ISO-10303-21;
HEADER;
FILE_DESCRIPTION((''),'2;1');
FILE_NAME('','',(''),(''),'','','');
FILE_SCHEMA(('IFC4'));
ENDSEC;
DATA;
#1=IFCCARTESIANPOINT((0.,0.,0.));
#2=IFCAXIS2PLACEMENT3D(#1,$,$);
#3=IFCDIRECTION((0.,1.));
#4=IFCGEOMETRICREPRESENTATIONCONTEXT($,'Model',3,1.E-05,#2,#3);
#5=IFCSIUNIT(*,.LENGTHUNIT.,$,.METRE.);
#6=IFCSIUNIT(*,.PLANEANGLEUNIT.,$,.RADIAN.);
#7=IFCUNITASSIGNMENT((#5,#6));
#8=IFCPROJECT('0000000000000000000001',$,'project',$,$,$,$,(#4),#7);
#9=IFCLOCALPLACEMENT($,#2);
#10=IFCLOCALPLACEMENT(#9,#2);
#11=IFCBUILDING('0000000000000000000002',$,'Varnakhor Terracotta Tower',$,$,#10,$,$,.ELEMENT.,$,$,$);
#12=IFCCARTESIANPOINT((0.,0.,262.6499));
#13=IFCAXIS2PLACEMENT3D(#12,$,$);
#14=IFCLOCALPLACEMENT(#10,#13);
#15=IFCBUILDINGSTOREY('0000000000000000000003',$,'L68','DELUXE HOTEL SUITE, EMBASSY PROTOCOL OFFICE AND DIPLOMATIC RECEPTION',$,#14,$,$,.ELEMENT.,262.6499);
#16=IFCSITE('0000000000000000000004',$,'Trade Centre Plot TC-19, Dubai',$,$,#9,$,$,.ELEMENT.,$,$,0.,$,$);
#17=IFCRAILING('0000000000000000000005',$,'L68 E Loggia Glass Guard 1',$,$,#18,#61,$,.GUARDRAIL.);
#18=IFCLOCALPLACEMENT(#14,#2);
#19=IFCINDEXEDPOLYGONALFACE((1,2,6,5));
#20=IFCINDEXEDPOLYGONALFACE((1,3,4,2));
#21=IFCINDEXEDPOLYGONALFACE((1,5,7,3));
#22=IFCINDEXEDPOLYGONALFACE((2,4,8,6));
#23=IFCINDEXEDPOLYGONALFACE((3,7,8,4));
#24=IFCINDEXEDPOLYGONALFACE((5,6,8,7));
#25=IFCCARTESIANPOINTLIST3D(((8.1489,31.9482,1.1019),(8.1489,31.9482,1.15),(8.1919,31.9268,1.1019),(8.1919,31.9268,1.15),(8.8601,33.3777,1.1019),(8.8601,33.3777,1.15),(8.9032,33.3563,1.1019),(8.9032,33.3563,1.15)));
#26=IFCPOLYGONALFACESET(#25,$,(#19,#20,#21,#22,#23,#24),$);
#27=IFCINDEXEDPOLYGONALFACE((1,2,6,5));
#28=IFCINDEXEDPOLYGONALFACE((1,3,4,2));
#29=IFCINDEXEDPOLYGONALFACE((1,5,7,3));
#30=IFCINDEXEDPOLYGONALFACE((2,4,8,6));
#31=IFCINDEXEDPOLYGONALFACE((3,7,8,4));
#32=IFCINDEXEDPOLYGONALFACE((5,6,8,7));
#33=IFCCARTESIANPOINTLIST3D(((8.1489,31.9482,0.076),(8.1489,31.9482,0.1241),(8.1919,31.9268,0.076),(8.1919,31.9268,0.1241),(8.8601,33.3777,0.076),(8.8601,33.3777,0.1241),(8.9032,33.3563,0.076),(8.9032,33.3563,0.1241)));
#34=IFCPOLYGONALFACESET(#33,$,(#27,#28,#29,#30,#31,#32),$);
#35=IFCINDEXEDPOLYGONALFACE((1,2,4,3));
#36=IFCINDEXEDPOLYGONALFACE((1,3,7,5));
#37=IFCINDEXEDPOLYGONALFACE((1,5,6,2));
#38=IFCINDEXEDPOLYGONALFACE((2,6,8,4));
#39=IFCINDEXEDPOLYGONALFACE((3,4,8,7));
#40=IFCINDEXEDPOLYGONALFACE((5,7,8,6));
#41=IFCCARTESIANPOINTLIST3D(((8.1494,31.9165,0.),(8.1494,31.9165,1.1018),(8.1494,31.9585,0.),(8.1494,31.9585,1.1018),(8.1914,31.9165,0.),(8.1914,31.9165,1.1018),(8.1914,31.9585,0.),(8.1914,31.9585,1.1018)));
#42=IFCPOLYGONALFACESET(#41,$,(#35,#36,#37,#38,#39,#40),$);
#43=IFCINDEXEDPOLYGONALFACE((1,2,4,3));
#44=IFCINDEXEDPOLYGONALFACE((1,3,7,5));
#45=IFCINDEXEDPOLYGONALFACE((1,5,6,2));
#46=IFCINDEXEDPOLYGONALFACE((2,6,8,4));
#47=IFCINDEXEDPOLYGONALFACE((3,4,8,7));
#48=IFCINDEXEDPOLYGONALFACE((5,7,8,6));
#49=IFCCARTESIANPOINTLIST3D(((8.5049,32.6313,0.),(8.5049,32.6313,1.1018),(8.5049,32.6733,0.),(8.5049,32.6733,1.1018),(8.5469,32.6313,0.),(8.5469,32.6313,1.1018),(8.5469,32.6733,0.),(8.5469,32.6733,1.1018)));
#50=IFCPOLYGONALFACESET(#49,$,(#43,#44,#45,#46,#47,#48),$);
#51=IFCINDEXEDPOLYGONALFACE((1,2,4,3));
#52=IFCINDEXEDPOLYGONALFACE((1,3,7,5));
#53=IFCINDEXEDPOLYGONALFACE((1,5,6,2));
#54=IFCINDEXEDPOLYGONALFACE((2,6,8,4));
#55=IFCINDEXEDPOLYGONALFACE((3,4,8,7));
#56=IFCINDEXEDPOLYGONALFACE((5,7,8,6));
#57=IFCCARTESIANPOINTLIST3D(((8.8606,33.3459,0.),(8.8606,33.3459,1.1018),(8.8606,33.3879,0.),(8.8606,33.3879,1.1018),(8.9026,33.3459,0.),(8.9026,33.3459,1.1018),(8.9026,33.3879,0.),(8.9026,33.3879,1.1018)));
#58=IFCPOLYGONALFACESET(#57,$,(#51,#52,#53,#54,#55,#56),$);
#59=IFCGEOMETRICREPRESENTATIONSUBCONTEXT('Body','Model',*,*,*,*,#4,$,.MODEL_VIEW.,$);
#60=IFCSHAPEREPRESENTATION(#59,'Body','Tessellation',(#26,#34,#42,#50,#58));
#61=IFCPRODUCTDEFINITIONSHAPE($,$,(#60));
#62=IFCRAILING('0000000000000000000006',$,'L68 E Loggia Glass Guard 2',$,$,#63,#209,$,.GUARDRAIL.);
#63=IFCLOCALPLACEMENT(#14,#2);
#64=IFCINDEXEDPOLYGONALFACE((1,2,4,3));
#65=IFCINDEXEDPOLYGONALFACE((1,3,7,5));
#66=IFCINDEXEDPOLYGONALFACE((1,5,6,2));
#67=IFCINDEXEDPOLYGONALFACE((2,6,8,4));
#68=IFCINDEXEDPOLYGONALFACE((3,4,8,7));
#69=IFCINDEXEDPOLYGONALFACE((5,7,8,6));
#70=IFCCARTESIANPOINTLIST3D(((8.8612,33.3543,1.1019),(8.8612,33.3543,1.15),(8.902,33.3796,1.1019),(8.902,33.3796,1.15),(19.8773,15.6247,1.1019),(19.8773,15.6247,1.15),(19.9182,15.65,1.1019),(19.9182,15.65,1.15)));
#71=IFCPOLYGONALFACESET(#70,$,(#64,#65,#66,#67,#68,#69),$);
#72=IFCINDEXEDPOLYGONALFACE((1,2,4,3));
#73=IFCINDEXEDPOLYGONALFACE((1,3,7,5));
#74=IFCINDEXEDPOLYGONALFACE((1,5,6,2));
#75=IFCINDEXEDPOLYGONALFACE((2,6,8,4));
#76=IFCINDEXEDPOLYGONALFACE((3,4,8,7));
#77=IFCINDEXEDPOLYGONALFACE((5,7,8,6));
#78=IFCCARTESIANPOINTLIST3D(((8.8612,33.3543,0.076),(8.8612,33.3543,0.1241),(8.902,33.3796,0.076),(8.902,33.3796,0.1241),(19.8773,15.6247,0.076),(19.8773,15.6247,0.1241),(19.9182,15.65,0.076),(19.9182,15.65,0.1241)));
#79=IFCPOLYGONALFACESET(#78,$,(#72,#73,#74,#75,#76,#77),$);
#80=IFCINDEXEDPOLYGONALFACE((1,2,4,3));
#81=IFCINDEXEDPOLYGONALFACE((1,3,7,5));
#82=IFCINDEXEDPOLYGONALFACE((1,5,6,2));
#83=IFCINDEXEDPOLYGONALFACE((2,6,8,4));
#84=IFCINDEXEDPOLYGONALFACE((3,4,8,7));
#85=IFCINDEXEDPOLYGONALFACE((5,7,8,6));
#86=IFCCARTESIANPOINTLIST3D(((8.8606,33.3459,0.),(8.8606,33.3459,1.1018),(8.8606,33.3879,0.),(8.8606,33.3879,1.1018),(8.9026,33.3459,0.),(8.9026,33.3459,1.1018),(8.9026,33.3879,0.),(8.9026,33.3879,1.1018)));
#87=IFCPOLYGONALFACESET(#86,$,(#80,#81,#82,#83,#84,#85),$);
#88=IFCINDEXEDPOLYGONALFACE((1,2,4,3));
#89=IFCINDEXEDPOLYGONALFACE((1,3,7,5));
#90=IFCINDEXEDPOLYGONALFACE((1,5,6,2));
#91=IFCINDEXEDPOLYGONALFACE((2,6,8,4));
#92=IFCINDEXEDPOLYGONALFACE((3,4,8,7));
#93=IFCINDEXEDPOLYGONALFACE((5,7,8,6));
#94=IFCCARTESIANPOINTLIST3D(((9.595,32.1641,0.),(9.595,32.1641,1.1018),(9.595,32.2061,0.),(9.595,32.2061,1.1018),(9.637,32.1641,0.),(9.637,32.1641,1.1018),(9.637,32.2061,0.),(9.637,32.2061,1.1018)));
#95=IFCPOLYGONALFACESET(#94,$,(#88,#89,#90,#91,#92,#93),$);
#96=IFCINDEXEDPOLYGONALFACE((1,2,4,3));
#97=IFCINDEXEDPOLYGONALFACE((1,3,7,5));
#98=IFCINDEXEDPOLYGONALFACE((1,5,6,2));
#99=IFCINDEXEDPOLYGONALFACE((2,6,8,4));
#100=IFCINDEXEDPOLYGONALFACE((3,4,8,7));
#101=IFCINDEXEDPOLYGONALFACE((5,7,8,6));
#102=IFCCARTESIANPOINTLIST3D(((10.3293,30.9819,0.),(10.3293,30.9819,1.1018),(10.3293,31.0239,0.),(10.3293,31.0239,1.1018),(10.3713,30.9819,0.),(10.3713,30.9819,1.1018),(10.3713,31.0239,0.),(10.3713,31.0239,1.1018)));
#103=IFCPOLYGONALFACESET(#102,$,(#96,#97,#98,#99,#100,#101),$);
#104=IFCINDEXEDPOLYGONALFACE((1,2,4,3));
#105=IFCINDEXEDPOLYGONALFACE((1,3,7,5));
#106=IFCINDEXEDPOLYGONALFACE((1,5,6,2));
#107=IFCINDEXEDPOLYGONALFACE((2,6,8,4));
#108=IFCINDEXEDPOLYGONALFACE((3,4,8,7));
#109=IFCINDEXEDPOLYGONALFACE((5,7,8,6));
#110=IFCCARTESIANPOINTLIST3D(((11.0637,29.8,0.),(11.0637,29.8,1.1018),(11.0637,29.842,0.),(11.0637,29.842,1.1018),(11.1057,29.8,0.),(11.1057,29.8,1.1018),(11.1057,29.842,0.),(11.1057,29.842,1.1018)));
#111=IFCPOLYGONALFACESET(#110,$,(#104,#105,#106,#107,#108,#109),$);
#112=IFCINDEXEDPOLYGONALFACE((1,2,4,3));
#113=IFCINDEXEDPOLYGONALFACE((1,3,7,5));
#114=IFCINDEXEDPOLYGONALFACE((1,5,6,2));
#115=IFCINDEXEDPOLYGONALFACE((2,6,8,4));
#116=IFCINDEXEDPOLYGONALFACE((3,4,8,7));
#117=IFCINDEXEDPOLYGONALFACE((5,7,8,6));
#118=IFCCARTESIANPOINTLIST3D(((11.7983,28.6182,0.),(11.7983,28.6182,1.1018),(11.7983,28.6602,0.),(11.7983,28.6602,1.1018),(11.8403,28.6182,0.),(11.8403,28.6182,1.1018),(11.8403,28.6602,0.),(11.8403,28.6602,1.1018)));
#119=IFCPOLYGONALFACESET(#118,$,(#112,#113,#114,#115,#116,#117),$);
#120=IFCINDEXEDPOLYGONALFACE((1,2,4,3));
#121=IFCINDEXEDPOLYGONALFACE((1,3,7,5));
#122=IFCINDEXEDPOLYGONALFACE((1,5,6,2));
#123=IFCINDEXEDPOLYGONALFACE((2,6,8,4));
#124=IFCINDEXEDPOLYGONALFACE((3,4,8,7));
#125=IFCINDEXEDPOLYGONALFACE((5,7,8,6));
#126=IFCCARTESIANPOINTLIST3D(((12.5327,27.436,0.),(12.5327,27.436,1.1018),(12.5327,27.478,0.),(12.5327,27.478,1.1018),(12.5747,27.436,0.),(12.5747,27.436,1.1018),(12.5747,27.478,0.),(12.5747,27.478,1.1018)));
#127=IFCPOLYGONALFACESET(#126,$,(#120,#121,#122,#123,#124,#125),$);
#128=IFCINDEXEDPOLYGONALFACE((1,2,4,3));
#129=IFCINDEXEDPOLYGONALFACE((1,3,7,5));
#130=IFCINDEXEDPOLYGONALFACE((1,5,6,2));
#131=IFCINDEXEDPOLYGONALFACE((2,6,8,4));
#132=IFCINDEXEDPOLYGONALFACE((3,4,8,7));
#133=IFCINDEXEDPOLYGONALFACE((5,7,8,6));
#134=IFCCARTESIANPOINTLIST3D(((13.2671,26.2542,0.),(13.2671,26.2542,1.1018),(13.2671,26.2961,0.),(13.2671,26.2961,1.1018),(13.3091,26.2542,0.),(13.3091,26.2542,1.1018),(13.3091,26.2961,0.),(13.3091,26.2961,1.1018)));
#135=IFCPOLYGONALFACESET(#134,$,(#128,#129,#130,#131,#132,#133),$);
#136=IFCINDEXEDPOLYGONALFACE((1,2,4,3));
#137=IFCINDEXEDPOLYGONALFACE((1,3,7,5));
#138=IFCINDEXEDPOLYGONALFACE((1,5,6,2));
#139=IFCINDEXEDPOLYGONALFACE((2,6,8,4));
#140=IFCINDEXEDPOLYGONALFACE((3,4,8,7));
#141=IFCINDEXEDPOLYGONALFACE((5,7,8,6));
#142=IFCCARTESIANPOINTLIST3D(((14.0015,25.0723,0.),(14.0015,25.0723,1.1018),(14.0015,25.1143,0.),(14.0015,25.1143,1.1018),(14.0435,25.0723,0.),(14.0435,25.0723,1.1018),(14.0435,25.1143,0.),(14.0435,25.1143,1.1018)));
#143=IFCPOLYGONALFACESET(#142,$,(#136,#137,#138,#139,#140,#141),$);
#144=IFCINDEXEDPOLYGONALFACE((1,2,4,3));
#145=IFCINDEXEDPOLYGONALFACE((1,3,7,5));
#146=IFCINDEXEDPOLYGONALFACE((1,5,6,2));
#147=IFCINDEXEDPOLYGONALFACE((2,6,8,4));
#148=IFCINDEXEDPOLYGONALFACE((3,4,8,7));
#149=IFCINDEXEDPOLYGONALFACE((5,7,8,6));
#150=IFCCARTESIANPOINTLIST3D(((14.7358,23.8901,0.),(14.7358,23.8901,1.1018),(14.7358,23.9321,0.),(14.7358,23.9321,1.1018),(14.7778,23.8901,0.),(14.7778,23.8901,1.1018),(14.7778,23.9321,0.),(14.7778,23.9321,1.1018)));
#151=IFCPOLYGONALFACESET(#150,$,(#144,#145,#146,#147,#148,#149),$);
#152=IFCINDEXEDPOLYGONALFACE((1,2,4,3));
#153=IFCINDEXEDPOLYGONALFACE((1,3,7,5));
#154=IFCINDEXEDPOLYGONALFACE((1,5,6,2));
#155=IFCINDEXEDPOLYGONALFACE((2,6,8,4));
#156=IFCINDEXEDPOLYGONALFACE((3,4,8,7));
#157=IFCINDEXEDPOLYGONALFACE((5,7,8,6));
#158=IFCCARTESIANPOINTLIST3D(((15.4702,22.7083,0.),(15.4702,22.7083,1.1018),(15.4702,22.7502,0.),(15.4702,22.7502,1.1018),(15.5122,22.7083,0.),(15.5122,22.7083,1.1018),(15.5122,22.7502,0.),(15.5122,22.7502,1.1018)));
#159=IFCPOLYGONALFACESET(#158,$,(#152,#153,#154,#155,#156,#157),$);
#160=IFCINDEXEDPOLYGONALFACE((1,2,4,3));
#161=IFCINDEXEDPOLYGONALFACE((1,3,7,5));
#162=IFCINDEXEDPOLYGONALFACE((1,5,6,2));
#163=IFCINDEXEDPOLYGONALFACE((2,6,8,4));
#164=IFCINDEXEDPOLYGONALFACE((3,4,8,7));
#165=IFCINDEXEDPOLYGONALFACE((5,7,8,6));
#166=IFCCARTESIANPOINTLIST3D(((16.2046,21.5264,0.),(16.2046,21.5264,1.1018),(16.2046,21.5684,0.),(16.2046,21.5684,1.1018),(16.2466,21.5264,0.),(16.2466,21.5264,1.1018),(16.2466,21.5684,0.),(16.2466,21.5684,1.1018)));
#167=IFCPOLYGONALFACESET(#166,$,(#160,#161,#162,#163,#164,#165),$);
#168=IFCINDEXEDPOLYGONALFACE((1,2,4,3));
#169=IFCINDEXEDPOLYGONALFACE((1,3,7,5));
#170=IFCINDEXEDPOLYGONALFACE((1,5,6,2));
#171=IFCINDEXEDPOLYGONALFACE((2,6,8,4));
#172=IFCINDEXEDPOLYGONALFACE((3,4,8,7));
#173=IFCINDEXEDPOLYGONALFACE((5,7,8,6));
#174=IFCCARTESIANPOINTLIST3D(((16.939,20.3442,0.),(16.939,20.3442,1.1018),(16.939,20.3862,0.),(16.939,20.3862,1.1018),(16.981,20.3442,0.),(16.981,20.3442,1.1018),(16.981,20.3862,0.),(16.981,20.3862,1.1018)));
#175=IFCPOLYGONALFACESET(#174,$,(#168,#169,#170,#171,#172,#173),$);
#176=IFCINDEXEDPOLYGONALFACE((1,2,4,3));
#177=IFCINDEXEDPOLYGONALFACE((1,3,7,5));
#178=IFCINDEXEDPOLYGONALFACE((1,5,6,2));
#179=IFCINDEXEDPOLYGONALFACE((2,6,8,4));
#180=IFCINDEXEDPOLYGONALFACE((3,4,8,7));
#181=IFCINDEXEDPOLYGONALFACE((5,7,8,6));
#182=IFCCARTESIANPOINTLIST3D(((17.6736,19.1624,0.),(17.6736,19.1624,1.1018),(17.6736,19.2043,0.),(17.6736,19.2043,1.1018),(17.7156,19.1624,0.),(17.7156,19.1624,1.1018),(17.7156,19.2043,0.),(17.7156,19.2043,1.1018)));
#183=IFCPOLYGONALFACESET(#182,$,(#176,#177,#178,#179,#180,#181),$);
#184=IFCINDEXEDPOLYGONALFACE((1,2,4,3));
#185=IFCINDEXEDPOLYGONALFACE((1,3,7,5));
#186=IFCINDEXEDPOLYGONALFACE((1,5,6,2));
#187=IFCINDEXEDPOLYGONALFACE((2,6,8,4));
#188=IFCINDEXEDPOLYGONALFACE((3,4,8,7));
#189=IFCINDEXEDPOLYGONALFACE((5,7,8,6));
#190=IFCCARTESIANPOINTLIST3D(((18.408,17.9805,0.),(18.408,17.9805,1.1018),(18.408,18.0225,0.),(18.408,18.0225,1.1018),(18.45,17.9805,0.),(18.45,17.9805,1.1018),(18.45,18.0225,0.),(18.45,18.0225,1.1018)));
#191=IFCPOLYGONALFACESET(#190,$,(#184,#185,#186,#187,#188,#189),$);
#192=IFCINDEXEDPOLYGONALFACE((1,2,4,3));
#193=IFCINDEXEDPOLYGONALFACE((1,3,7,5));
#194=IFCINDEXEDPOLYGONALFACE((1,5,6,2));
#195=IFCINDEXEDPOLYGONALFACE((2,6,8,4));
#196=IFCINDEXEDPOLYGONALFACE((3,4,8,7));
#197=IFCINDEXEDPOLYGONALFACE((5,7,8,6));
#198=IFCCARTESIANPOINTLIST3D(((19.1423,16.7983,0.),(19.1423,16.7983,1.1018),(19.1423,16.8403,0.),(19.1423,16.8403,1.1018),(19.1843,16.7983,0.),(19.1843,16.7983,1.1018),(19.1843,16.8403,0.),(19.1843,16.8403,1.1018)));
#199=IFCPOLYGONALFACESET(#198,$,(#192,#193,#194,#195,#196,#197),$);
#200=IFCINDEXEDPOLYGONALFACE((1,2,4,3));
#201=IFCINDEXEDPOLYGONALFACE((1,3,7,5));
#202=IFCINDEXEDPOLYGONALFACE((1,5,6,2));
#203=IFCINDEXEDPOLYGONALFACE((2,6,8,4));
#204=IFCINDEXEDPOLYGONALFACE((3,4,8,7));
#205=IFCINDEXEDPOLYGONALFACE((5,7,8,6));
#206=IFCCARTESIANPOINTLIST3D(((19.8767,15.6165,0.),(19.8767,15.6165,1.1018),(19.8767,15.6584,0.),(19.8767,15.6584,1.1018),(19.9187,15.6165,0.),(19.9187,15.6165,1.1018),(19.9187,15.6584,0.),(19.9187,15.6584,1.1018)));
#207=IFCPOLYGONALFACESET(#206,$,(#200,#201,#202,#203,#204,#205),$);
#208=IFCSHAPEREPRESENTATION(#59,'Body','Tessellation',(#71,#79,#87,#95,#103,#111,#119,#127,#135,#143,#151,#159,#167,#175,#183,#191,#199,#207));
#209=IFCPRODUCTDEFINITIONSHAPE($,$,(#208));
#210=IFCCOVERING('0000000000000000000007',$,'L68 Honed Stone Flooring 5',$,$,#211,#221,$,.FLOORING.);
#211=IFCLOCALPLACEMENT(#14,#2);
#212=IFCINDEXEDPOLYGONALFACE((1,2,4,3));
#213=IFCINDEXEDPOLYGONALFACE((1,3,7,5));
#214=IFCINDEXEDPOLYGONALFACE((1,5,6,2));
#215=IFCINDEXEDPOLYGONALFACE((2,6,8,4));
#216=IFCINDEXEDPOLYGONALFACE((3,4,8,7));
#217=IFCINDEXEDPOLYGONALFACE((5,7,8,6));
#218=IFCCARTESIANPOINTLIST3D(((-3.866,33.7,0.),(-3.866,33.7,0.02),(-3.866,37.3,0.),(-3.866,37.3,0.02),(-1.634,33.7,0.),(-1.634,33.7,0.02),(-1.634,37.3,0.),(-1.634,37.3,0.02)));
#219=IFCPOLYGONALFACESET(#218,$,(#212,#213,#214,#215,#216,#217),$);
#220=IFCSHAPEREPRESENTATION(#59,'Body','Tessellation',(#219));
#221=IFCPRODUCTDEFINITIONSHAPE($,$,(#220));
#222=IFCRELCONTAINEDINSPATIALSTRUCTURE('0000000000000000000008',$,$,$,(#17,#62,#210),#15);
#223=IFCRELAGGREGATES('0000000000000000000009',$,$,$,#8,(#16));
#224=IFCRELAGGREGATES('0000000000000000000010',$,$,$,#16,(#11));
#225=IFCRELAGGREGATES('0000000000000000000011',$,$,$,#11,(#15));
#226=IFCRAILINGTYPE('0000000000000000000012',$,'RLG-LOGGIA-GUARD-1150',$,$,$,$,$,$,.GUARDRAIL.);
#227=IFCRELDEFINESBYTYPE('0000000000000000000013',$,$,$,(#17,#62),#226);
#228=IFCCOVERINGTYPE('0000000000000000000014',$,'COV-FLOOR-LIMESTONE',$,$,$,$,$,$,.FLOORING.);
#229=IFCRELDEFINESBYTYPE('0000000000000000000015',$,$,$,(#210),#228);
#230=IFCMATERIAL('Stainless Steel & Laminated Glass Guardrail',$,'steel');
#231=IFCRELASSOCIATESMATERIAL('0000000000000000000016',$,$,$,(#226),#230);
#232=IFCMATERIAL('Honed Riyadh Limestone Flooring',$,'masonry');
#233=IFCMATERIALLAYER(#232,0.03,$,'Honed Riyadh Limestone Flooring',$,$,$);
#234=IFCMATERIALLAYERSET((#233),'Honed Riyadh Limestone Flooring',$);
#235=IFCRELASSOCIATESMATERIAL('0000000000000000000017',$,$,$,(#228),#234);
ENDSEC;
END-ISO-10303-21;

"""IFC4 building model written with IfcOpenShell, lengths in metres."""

from ifc_helpers import new_model, si_unit, direction, frame, origin, origin_2d, place, context, subcontext, project, spatial, rectangle, extrude, source, transform, mapped, material, layer, layer_set, type_object, element, save


model = new_model("IFC4")

# Units and contexts
model_context = context("Model", 3, precision=1e-05, world=origin(), true_north=direction((0.0, 1.0)))
body_context = subcontext(model_context, "Body", "Model", "MODEL_VIEW")
ifc_project = project(units=[si_unit("LENGTHUNIT", "METRE"), si_unit("PLANEANGLEUNIT", "RADIAN")], contexts=[model_context])

# Site, building, storey
site_placement = place(None, origin())
site = spatial("IfcSite", under=ifc_project, at=site_placement, Name="Trade Centre Plot TC-19, Dubai", CompositionType="ELEMENT", RefElevation=0.0)
building_placement = place(site_placement, origin())
building = spatial("IfcBuilding", under=site, at=building_placement, Name="Varnakhor Terracotta Tower", CompositionType="ELEMENT")
storey_placement = place(building_placement, frame((0.0, 0.0, 262.6499)))
storey = spatial("IfcBuildingStorey", under=building, at=storey_placement, Name="L68", Description="DELUXE HOTEL SUITE, EMBASSY PROTOCOL OFFICE AND DIPLOMATIC RECEPTION", CompositionType="ELEMENT", Elevation=262.6499)

# Railings
ifc_material_1 = material(Name="Stainless Steel & Laminated Glass Guardrail", Category="steel")
railing_type = type_object("IfcRailingType", Name="RLG-LOGGIA-GUARD-1150", PredefinedType="GUARDRAIL", material=ifc_material_1)
railing_1_placement = place(storey_placement, frame((8.1704, 31.9375, 0.0)))
element("IfcRailing", 1, at=railing_1_placement, inside=storey, type_object=railing_type, Name="L68 E Loggia Glass Guard 1", PredefinedType="GUARDRAIL", context=body_context, shape_type="SweptSolid", body=[
    extrude(rectangle(XDim=0.0481, YDim=0.0481, at=origin_2d()), frame((0.0, 0.0, 1.126), z_axis=(0.445439, 0.895312, 0.0), x_axis=(-0.895312, 0.445439, 0.0)), (0.0, 0.0, 1.0), 1.5967),
    extrude(rectangle(XDim=0.0481, YDim=0.0481, at=origin_2d()), frame((0.0, 0.0, 0.1001), z_axis=(0.445439, 0.895312, 0.0), x_axis=(-0.895312, 0.445439, 0.0)), (0.0, 0.0, 1.0), 1.5967),
    extrude(rectangle(XDim=0.042, YDim=0.042, at=origin_2d()), origin(), (0.0, 0.0, 1.0), 1.1018),
    extrude(rectangle(XDim=0.042, YDim=0.042, at=origin_2d()), frame((0.3555, 0.7148, 0.0)), (0.0, 0.0, 1.0), 1.1018),
    extrude(rectangle(XDim=0.042, YDim=0.042, at=origin_2d()), frame((0.7112, 1.4294, 0.0)), (0.0, 0.0, 1.0), 1.1018),
])
railing_2_placement = place(storey_placement, frame((8.8816, 33.3669, 0.0)))
element("IfcRailing", 2, at=railing_2_placement, inside=storey, type_object=railing_type, Name="L68 E Loggia Glass Guard 2", PredefinedType="GUARDRAIL", context=body_context, shape_type="SweptSolid", body=[
    extrude(rectangle(XDim=0.0481, YDim=0.0481, at=origin_2d()), frame((0.0, 0.0, 1.126), z_axis=(0.527764, -0.849391, 0.0), x_axis=(0.849391, 0.527764, 0.0)), (0.0, 0.0, 1.0), 20.8733),
    extrude(rectangle(XDim=0.0481, YDim=0.0481, at=origin_2d()), frame((0.0, 0.0, 0.1001), z_axis=(0.527764, -0.849391, 0.0), x_axis=(0.849391, 0.527764, 0.0)), (0.0, 0.0, 1.0), 20.8733),
    extrude(rectangle(XDim=0.042, YDim=0.042, at=origin_2d()), origin(), (0.0, 0.0, 1.0), 1.1018),
    extrude(rectangle(XDim=0.042, YDim=0.042, at=origin_2d()), frame((0.7344, -1.1819, 0.0)), (0.0, 0.0, 1.0), 1.1018),
    extrude(rectangle(XDim=0.042, YDim=0.042, at=origin_2d()), frame((1.4688, -2.364, 0.0)), (0.0, 0.0, 1.0), 1.1018),
    extrude(rectangle(XDim=0.042, YDim=0.042, at=origin_2d()), frame((2.2031, -3.5459, 0.0)), (0.0, 0.0, 1.0), 1.1018),
    extrude(rectangle(XDim=0.042, YDim=0.042, at=origin_2d()), frame((2.9377, -4.7278, 0.0)), (0.0, 0.0, 1.0), 1.1018),
    extrude(rectangle(XDim=0.042, YDim=0.042, at=origin_2d()), frame((3.6721, -5.9099, 0.0)), (0.0, 0.0, 1.0), 1.1018),
    extrude(rectangle(XDim=0.042, YDim=0.042, at=origin_2d()), frame((4.4065, -7.0918, 0.0)), (0.0, 0.0, 1.0), 1.1018),
    extrude(rectangle(XDim=0.042, YDim=0.042, at=origin_2d()), frame((5.1409, -8.2737, 0.0)), (0.0, 0.0, 1.0), 1.1018),
    extrude(rectangle(XDim=0.042, YDim=0.042, at=origin_2d()), frame((5.8752, -9.4558, 0.0)), (0.0, 0.0, 1.0), 1.1018),
    extrude(rectangle(XDim=0.042, YDim=0.042, at=origin_2d()), frame((6.6096, -10.6377, 0.0)), (0.0, 0.0, 1.0), 1.1018),
    extrude(rectangle(XDim=0.042, YDim=0.042, at=origin_2d()), frame((7.344, -11.8196, 0.0)), (0.0, 0.0, 1.0), 1.1018),
    extrude(rectangle(XDim=0.042, YDim=0.042, at=origin_2d()), frame((8.0784, -13.0017, 0.0)), (0.0, 0.0, 1.0), 1.1018),
    extrude(rectangle(XDim=0.042, YDim=0.042, at=origin_2d()), frame((8.813, -14.1836, 0.0)), (0.0, 0.0, 1.0), 1.1018),
    extrude(rectangle(XDim=0.042, YDim=0.042, at=origin_2d()), frame((9.5474, -15.3655, 0.0)), (0.0, 0.0, 1.0), 1.1018),
    extrude(rectangle(XDim=0.042, YDim=0.042, at=origin_2d()), frame((10.2817, -16.5476, 0.0)), (0.0, 0.0, 1.0), 1.1018),
    extrude(rectangle(XDim=0.042, YDim=0.042, at=origin_2d()), frame((11.0161, -17.7295, 0.0)), (0.0, 0.0, 1.0), 1.1018),
])

# Covering
ifc_material_2 = material(Name="Honed Riyadh Limestone Flooring", Category="masonry")
ifc_layer_1 = layer(ifc_material_2, 0.03, Name="Honed Riyadh Limestone Flooring")
ifc_layer_set_1 = layer_set([ifc_layer_1], Name="Honed Riyadh Limestone Flooring")
covering_type = type_object("IfcCoveringType", Name="COV-FLOOR-LIMESTONE", PredefinedType="FLOORING", material=ifc_layer_set_1)
shared_shape_1 = source(origin(), body_context, "Body", "SweptSolid", [
    extrude(rectangle(XDim=2.2319, YDim=3.6001, at=origin_2d()), origin(), (0.0, 0.0, 1.0), 0.02),
])
covering_placement = place(storey_placement, frame((-2.75, 35.5, 0.0), z_axis=(0.0, 0.0, 1.0), x_axis=(1.0, 0.0, 0.0)))
element("IfcCovering", 3, at=covering_placement, inside=storey, type_object=covering_type, Name="L68 Honed Stone Flooring 5", PredefinedType="FLOORING", context=body_context, shape_type="MappedRepresentation", body=[
    mapped(shared_shape_1, transform((0.0, 0.0, 0.0), scale=1.0)),
])

save(model, "model.ifc")
